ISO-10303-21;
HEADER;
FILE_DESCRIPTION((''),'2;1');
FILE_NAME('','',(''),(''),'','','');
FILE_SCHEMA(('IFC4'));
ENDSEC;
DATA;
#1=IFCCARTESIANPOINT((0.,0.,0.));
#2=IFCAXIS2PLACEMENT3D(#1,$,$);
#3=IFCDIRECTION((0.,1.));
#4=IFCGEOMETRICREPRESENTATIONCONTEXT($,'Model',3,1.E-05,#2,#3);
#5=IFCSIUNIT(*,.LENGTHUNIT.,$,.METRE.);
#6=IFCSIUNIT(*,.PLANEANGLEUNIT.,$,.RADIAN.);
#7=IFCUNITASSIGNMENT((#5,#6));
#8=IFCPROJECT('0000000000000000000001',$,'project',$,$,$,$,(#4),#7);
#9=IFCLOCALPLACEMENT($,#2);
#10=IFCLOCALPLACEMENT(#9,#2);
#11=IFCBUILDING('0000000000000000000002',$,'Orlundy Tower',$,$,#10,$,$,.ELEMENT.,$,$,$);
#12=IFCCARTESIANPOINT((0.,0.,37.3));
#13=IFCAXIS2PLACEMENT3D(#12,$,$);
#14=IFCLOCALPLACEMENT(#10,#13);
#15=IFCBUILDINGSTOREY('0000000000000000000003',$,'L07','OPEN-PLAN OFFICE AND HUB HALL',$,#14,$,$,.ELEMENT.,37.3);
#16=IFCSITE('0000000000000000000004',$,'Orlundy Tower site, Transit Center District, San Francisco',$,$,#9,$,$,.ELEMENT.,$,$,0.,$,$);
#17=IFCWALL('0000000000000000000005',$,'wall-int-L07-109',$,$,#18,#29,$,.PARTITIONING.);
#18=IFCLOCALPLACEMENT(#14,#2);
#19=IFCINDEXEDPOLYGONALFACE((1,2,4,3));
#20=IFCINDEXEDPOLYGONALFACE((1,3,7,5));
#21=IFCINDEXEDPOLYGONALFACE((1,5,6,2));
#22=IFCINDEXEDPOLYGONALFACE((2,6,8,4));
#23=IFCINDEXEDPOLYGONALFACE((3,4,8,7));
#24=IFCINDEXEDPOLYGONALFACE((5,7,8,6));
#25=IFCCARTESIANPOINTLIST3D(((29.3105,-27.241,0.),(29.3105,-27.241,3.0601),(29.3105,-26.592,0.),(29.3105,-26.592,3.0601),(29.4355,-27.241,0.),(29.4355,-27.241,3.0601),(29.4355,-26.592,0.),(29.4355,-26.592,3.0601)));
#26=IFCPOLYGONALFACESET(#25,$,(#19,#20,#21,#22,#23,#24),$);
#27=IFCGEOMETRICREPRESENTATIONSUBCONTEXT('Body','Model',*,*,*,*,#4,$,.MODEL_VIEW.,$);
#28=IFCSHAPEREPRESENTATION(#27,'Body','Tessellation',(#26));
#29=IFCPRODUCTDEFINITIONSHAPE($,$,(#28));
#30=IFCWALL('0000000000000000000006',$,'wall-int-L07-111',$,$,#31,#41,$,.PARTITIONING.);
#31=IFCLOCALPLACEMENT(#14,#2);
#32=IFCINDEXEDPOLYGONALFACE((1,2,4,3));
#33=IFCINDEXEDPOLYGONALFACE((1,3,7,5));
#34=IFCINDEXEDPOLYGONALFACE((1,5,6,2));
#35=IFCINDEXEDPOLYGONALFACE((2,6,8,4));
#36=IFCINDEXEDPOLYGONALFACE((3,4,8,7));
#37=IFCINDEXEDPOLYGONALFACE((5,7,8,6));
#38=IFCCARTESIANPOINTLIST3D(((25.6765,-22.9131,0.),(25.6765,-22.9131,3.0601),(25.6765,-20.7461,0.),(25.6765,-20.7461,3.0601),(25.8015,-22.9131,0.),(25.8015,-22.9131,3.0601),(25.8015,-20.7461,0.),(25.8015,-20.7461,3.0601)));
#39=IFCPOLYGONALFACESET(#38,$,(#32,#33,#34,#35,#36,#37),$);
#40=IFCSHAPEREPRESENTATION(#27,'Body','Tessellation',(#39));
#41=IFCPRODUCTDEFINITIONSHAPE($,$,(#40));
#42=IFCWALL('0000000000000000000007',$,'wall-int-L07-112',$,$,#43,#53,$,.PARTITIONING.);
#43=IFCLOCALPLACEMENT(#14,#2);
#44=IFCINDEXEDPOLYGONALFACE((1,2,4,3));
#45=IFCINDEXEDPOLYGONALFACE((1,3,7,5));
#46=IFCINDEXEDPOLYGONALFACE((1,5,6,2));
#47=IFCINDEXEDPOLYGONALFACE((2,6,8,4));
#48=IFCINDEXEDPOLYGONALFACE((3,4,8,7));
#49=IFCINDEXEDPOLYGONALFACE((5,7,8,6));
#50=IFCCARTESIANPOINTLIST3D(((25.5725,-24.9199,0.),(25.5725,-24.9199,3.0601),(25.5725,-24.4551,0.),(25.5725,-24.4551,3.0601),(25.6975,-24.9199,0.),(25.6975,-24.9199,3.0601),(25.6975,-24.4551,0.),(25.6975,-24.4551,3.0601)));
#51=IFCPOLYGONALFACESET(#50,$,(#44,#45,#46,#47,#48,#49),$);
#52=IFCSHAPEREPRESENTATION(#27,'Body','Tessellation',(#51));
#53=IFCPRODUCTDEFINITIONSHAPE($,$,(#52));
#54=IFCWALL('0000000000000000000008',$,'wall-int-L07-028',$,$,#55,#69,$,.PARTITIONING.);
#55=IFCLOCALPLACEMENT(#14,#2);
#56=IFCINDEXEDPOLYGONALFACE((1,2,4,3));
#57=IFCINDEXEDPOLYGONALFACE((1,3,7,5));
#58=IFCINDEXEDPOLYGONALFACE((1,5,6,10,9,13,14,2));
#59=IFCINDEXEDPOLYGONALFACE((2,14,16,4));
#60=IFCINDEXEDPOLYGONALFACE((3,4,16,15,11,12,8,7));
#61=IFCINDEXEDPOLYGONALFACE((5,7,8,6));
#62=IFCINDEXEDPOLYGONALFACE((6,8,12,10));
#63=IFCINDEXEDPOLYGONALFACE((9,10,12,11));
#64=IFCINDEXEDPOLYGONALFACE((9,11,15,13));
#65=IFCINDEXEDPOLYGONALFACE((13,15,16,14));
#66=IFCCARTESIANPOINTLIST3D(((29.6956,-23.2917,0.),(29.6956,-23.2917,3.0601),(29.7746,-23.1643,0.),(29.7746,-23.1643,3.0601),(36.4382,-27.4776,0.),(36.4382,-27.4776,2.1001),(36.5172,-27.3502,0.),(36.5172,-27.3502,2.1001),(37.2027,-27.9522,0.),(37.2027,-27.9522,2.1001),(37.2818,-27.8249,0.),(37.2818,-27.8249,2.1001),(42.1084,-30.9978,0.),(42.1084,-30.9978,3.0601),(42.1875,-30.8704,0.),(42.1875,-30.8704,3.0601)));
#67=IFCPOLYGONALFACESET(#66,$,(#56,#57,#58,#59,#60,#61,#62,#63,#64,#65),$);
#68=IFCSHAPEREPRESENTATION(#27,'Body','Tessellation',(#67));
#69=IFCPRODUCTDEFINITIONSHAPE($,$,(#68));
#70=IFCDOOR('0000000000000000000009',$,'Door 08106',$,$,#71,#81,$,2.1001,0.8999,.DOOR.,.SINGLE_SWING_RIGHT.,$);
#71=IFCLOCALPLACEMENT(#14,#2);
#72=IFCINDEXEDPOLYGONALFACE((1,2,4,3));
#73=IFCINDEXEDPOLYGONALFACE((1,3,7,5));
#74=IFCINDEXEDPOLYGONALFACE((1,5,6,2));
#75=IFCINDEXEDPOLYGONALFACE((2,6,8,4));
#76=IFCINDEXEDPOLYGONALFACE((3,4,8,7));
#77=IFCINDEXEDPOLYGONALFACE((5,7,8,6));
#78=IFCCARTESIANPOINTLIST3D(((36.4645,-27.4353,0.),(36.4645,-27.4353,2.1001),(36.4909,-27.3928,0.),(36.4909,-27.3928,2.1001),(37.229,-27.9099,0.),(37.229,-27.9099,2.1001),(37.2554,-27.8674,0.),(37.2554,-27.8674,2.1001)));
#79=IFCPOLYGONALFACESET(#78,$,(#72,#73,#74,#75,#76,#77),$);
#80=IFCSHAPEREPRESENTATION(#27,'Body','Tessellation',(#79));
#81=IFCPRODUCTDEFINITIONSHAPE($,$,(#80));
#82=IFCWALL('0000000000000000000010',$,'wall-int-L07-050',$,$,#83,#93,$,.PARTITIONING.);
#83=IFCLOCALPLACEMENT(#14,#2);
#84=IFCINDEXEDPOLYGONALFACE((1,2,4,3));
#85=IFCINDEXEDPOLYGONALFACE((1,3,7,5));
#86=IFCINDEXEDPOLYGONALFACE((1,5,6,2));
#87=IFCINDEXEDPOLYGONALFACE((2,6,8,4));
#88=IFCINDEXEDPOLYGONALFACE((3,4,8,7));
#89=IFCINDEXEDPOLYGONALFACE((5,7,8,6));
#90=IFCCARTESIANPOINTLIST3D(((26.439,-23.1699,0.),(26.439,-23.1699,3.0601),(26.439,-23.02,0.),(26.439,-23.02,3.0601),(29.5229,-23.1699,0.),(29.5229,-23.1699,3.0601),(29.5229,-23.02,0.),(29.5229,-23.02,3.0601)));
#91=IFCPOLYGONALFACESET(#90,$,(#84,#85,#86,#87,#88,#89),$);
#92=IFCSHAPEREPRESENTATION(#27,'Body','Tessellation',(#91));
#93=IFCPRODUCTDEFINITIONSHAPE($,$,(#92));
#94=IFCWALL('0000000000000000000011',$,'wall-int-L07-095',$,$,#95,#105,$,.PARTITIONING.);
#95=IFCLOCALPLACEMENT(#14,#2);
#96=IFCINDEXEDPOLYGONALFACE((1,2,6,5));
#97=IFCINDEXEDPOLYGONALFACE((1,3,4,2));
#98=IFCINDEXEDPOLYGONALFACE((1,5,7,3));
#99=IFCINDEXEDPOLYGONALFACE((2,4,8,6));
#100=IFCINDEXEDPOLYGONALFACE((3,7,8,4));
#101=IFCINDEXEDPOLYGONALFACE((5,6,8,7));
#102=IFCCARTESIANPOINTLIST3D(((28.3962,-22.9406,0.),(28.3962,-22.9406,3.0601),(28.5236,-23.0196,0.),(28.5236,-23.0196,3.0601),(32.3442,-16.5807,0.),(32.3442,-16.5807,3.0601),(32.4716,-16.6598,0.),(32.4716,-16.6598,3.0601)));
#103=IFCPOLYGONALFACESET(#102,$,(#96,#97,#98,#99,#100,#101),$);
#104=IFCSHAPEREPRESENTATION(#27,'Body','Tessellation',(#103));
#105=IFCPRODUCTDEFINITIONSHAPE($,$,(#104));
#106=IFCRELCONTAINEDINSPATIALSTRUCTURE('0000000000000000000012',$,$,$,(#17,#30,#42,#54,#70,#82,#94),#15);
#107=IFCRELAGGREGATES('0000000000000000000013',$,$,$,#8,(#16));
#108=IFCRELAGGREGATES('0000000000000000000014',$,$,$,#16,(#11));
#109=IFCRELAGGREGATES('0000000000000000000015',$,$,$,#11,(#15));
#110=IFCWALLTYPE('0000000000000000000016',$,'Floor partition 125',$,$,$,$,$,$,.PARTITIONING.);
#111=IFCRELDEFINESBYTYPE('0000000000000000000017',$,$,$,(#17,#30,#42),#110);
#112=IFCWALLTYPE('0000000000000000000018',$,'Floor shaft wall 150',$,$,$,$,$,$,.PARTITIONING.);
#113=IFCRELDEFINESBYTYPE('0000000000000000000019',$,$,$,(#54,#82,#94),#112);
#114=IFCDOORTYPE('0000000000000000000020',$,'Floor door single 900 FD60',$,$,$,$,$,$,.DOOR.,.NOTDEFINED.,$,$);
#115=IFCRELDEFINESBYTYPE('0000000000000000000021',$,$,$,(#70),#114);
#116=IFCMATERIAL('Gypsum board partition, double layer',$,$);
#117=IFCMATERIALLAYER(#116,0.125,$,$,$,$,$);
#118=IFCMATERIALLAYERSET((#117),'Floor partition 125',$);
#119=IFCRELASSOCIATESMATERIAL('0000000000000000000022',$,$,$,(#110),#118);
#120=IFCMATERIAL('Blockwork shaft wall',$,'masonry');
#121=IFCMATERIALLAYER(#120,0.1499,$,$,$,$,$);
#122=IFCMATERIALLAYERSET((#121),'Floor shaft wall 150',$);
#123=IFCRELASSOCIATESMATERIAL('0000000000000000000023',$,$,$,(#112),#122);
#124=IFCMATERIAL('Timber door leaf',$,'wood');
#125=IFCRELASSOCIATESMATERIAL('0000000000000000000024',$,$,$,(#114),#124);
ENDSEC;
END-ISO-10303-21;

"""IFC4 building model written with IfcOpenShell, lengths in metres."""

from ifc_helpers import new_model, si_unit, direction, frame, frame_2d, origin, place, context, subcontext, project, spatial, rectangle, extrude, material, layer, layer_set, type_object, element, fill, save


model = new_model("IFC4")

# Units and contexts
model_context = context("Model", 3, precision=1e-05, world=origin(), true_north=direction((0.0, 1.0)))
body_context = subcontext(model_context, "Body", "Model", "MODEL_VIEW")
ifc_project = project(units=[si_unit("LENGTHUNIT", "METRE"), si_unit("PLANEANGLEUNIT", "RADIAN")], contexts=[model_context])

# Site, building, storey
site_placement = place(None, origin())
site = spatial("IfcSite", under=ifc_project, at=site_placement, Name="Orlundy Tower site, Transit Center District, San Francisco", CompositionType="ELEMENT", RefElevation=0.0)
building_placement = place(site_placement, origin())
building = spatial("IfcBuilding", under=site, at=building_placement, Name="Orlundy Tower", CompositionType="ELEMENT")
storey_placement = place(building_placement, frame((0.0, 0.0, 37.3)))
storey = spatial("IfcBuildingStorey", under=building, at=storey_placement, Name="L07", Description="OPEN-PLAN OFFICE AND HUB HALL", CompositionType="ELEMENT", Elevation=37.3)

# Shared definitions
ifc_material_1 = material(Name="Gypsum board partition, double layer")
ifc_layer_1 = layer(ifc_material_1, 0.125)
ifc_layer_set_1 = layer_set([ifc_layer_1], Name="Floor partition 125")
wall_type_1 = type_object("IfcWallType", Name="Floor partition 125", PredefinedType="PARTITIONING", material=ifc_layer_set_1)

# Walls
wall_1_placement = place(storey_placement, frame((29.373, -27.241, 0.0), z_axis=(0.0, 0.0, 1.0), x_axis=(0.0, 1.0, 0.0)))
element("IfcWall", 1, at=wall_1_placement, inside=storey, type_object=wall_type_1, Name="wall-int-L07-109", PredefinedType="PARTITIONING", context=body_context, shape_type="SweptSolid", body=[
    extrude(rectangle(XDim=0.6489, YDim=0.125, at=frame_2d((0.3245, 0.0))), origin(), (0.0, 0.0, 1.0), 3.0601),
])
wall_2_placement = place(storey_placement, frame((25.739, -22.9131, 0.0), z_axis=(0.0, 0.0, 1.0), x_axis=(0.0, 1.0, 0.0)))
element("IfcWall", 2, at=wall_2_placement, inside=storey, type_object=wall_type_1, Name="wall-int-L07-111", PredefinedType="PARTITIONING", context=body_context, shape_type="SweptSolid", body=[
    extrude(rectangle(XDim=2.167, YDim=0.125, at=frame_2d((1.0835, 0.0))), origin(), (0.0, 0.0, 1.0), 3.0601),
])
wall_3_placement = place(storey_placement, frame((25.635, -24.9199, 0.0), z_axis=(0.0, 0.0, 1.0), x_axis=(0.0, 1.0, 0.0)))
element("IfcWall", 3, at=wall_3_placement, inside=storey, type_object=wall_type_1, Name="wall-int-L07-112", PredefinedType="PARTITIONING", context=body_context, shape_type="SweptSolid", body=[
    extrude(rectangle(XDim=0.4648, YDim=0.125, at=frame_2d((0.2324, 0.0))), origin(), (0.0, 0.0, 1.0), 3.0601),
])

# Wall, opening, door
ifc_material_2 = material(Name="Blockwork shaft wall", Category="masonry")
ifc_layer_2 = layer(ifc_material_2, 0.1499)
ifc_layer_set_2 = layer_set([ifc_layer_2], Name="Floor shaft wall 150")
wall_type_2 = type_object("IfcWallType", Name="Floor shaft wall 150", PredefinedType="PARTITIONING", material=ifc_layer_set_2)
wall_4_placement = place(storey_placement, frame((29.7351, -23.228, 0.0), z_axis=(0.0, 0.0, 1.0), x_axis=(0.849593, -0.527439, 0.0)))
wall_4 = element("IfcWall", 4, at=wall_4_placement, inside=storey, type_object=wall_type_2, Name="wall-int-L07-028", PredefinedType="PARTITIONING", context=body_context, shape_type="SweptSolid", body=[
    extrude(rectangle(XDim=14.6104, YDim=0.1499, at=frame_2d((7.3052, 0.0))), origin(), (0.0, 0.0, 1.0), 3.0601),
])
opening_1_placement = place(wall_4_placement, frame((7.9363, 0.0, 0.0)))
opening_1 = element("IfcOpeningElement", 5, at=opening_1_placement, cuts=wall_4, PredefinedType="OPENING", context=body_context, shape_type="SweptSolid", body=[
    extrude(rectangle(XDim=0.8999, YDim=2.1001, at=frame_2d((0.45, 1.05))), frame((0.0, 0.085, 0.0), z_axis=(0.0, -1.0, 0.0), x_axis=(1.0, 0.0, 0.0)), (0.0, 0.0, 1.0), 0.1699),
])
ifc_material_3 = material(Name="Timber door leaf", Category="wood")
door_type_1 = type_object("IfcDoorType", Name="Floor door single 900 FD60", OperationType="NOTDEFINED", PredefinedType="DOOR", material=ifc_material_3)
door_1_placement = place(opening_1_placement, origin())
door_1 = element("IfcDoor", 6, at=door_1_placement, inside=storey, type_object=door_type_1, Name="Door 08106", OperationType="SINGLE_SWING_RIGHT", OverallHeight=2.1001, OverallWidth=0.8999, PredefinedType="DOOR", context=body_context, shape_type="SweptSolid", body=[
    extrude(rectangle(XDim=0.8999, YDim=2.1001, at=frame_2d((0.45, 1.05))), frame((0.0, 0.0249, 0.0), z_axis=(0.0, -1.0, 0.0), x_axis=(1.0, 0.0, 0.0)), (0.0, 0.0, 1.0), 0.05),
])
fill(opening_1, door_1)

# Walls
wall_5_placement = place(storey_placement, frame((26.439, -23.095, 0.0), z_axis=(0.0, 0.0, 1.0), x_axis=(1.0, 0.0, 0.0)))
element("IfcWall", 7, at=wall_5_placement, inside=storey, type_object=wall_type_2, Name="wall-int-L07-050", PredefinedType="PARTITIONING", context=body_context, shape_type="SweptSolid", body=[
    extrude(rectangle(XDim=3.084, YDim=0.1499, at=frame_2d((1.542, 0.0))), origin(), (0.0, 0.0, 1.0), 3.0601),
])
wall_6_placement = place(storey_placement, frame((28.46, -22.98, 0.0), z_axis=(0.0, 0.0, 1.0), x_axis=(0.527411, 0.84961, 0.0)))
element("IfcWall", 8, at=wall_6_placement, inside=storey, type_object=wall_type_2, Name="wall-int-L07-095", PredefinedType="PARTITIONING", context=body_context, shape_type="SweptSolid", body=[
    extrude(rectangle(XDim=7.4856, YDim=0.1499, at=frame_2d((3.7427, 0.0))), origin(), (0.0, 0.0, 1.0), 3.0601),
])

save(model, "model.ifc")
